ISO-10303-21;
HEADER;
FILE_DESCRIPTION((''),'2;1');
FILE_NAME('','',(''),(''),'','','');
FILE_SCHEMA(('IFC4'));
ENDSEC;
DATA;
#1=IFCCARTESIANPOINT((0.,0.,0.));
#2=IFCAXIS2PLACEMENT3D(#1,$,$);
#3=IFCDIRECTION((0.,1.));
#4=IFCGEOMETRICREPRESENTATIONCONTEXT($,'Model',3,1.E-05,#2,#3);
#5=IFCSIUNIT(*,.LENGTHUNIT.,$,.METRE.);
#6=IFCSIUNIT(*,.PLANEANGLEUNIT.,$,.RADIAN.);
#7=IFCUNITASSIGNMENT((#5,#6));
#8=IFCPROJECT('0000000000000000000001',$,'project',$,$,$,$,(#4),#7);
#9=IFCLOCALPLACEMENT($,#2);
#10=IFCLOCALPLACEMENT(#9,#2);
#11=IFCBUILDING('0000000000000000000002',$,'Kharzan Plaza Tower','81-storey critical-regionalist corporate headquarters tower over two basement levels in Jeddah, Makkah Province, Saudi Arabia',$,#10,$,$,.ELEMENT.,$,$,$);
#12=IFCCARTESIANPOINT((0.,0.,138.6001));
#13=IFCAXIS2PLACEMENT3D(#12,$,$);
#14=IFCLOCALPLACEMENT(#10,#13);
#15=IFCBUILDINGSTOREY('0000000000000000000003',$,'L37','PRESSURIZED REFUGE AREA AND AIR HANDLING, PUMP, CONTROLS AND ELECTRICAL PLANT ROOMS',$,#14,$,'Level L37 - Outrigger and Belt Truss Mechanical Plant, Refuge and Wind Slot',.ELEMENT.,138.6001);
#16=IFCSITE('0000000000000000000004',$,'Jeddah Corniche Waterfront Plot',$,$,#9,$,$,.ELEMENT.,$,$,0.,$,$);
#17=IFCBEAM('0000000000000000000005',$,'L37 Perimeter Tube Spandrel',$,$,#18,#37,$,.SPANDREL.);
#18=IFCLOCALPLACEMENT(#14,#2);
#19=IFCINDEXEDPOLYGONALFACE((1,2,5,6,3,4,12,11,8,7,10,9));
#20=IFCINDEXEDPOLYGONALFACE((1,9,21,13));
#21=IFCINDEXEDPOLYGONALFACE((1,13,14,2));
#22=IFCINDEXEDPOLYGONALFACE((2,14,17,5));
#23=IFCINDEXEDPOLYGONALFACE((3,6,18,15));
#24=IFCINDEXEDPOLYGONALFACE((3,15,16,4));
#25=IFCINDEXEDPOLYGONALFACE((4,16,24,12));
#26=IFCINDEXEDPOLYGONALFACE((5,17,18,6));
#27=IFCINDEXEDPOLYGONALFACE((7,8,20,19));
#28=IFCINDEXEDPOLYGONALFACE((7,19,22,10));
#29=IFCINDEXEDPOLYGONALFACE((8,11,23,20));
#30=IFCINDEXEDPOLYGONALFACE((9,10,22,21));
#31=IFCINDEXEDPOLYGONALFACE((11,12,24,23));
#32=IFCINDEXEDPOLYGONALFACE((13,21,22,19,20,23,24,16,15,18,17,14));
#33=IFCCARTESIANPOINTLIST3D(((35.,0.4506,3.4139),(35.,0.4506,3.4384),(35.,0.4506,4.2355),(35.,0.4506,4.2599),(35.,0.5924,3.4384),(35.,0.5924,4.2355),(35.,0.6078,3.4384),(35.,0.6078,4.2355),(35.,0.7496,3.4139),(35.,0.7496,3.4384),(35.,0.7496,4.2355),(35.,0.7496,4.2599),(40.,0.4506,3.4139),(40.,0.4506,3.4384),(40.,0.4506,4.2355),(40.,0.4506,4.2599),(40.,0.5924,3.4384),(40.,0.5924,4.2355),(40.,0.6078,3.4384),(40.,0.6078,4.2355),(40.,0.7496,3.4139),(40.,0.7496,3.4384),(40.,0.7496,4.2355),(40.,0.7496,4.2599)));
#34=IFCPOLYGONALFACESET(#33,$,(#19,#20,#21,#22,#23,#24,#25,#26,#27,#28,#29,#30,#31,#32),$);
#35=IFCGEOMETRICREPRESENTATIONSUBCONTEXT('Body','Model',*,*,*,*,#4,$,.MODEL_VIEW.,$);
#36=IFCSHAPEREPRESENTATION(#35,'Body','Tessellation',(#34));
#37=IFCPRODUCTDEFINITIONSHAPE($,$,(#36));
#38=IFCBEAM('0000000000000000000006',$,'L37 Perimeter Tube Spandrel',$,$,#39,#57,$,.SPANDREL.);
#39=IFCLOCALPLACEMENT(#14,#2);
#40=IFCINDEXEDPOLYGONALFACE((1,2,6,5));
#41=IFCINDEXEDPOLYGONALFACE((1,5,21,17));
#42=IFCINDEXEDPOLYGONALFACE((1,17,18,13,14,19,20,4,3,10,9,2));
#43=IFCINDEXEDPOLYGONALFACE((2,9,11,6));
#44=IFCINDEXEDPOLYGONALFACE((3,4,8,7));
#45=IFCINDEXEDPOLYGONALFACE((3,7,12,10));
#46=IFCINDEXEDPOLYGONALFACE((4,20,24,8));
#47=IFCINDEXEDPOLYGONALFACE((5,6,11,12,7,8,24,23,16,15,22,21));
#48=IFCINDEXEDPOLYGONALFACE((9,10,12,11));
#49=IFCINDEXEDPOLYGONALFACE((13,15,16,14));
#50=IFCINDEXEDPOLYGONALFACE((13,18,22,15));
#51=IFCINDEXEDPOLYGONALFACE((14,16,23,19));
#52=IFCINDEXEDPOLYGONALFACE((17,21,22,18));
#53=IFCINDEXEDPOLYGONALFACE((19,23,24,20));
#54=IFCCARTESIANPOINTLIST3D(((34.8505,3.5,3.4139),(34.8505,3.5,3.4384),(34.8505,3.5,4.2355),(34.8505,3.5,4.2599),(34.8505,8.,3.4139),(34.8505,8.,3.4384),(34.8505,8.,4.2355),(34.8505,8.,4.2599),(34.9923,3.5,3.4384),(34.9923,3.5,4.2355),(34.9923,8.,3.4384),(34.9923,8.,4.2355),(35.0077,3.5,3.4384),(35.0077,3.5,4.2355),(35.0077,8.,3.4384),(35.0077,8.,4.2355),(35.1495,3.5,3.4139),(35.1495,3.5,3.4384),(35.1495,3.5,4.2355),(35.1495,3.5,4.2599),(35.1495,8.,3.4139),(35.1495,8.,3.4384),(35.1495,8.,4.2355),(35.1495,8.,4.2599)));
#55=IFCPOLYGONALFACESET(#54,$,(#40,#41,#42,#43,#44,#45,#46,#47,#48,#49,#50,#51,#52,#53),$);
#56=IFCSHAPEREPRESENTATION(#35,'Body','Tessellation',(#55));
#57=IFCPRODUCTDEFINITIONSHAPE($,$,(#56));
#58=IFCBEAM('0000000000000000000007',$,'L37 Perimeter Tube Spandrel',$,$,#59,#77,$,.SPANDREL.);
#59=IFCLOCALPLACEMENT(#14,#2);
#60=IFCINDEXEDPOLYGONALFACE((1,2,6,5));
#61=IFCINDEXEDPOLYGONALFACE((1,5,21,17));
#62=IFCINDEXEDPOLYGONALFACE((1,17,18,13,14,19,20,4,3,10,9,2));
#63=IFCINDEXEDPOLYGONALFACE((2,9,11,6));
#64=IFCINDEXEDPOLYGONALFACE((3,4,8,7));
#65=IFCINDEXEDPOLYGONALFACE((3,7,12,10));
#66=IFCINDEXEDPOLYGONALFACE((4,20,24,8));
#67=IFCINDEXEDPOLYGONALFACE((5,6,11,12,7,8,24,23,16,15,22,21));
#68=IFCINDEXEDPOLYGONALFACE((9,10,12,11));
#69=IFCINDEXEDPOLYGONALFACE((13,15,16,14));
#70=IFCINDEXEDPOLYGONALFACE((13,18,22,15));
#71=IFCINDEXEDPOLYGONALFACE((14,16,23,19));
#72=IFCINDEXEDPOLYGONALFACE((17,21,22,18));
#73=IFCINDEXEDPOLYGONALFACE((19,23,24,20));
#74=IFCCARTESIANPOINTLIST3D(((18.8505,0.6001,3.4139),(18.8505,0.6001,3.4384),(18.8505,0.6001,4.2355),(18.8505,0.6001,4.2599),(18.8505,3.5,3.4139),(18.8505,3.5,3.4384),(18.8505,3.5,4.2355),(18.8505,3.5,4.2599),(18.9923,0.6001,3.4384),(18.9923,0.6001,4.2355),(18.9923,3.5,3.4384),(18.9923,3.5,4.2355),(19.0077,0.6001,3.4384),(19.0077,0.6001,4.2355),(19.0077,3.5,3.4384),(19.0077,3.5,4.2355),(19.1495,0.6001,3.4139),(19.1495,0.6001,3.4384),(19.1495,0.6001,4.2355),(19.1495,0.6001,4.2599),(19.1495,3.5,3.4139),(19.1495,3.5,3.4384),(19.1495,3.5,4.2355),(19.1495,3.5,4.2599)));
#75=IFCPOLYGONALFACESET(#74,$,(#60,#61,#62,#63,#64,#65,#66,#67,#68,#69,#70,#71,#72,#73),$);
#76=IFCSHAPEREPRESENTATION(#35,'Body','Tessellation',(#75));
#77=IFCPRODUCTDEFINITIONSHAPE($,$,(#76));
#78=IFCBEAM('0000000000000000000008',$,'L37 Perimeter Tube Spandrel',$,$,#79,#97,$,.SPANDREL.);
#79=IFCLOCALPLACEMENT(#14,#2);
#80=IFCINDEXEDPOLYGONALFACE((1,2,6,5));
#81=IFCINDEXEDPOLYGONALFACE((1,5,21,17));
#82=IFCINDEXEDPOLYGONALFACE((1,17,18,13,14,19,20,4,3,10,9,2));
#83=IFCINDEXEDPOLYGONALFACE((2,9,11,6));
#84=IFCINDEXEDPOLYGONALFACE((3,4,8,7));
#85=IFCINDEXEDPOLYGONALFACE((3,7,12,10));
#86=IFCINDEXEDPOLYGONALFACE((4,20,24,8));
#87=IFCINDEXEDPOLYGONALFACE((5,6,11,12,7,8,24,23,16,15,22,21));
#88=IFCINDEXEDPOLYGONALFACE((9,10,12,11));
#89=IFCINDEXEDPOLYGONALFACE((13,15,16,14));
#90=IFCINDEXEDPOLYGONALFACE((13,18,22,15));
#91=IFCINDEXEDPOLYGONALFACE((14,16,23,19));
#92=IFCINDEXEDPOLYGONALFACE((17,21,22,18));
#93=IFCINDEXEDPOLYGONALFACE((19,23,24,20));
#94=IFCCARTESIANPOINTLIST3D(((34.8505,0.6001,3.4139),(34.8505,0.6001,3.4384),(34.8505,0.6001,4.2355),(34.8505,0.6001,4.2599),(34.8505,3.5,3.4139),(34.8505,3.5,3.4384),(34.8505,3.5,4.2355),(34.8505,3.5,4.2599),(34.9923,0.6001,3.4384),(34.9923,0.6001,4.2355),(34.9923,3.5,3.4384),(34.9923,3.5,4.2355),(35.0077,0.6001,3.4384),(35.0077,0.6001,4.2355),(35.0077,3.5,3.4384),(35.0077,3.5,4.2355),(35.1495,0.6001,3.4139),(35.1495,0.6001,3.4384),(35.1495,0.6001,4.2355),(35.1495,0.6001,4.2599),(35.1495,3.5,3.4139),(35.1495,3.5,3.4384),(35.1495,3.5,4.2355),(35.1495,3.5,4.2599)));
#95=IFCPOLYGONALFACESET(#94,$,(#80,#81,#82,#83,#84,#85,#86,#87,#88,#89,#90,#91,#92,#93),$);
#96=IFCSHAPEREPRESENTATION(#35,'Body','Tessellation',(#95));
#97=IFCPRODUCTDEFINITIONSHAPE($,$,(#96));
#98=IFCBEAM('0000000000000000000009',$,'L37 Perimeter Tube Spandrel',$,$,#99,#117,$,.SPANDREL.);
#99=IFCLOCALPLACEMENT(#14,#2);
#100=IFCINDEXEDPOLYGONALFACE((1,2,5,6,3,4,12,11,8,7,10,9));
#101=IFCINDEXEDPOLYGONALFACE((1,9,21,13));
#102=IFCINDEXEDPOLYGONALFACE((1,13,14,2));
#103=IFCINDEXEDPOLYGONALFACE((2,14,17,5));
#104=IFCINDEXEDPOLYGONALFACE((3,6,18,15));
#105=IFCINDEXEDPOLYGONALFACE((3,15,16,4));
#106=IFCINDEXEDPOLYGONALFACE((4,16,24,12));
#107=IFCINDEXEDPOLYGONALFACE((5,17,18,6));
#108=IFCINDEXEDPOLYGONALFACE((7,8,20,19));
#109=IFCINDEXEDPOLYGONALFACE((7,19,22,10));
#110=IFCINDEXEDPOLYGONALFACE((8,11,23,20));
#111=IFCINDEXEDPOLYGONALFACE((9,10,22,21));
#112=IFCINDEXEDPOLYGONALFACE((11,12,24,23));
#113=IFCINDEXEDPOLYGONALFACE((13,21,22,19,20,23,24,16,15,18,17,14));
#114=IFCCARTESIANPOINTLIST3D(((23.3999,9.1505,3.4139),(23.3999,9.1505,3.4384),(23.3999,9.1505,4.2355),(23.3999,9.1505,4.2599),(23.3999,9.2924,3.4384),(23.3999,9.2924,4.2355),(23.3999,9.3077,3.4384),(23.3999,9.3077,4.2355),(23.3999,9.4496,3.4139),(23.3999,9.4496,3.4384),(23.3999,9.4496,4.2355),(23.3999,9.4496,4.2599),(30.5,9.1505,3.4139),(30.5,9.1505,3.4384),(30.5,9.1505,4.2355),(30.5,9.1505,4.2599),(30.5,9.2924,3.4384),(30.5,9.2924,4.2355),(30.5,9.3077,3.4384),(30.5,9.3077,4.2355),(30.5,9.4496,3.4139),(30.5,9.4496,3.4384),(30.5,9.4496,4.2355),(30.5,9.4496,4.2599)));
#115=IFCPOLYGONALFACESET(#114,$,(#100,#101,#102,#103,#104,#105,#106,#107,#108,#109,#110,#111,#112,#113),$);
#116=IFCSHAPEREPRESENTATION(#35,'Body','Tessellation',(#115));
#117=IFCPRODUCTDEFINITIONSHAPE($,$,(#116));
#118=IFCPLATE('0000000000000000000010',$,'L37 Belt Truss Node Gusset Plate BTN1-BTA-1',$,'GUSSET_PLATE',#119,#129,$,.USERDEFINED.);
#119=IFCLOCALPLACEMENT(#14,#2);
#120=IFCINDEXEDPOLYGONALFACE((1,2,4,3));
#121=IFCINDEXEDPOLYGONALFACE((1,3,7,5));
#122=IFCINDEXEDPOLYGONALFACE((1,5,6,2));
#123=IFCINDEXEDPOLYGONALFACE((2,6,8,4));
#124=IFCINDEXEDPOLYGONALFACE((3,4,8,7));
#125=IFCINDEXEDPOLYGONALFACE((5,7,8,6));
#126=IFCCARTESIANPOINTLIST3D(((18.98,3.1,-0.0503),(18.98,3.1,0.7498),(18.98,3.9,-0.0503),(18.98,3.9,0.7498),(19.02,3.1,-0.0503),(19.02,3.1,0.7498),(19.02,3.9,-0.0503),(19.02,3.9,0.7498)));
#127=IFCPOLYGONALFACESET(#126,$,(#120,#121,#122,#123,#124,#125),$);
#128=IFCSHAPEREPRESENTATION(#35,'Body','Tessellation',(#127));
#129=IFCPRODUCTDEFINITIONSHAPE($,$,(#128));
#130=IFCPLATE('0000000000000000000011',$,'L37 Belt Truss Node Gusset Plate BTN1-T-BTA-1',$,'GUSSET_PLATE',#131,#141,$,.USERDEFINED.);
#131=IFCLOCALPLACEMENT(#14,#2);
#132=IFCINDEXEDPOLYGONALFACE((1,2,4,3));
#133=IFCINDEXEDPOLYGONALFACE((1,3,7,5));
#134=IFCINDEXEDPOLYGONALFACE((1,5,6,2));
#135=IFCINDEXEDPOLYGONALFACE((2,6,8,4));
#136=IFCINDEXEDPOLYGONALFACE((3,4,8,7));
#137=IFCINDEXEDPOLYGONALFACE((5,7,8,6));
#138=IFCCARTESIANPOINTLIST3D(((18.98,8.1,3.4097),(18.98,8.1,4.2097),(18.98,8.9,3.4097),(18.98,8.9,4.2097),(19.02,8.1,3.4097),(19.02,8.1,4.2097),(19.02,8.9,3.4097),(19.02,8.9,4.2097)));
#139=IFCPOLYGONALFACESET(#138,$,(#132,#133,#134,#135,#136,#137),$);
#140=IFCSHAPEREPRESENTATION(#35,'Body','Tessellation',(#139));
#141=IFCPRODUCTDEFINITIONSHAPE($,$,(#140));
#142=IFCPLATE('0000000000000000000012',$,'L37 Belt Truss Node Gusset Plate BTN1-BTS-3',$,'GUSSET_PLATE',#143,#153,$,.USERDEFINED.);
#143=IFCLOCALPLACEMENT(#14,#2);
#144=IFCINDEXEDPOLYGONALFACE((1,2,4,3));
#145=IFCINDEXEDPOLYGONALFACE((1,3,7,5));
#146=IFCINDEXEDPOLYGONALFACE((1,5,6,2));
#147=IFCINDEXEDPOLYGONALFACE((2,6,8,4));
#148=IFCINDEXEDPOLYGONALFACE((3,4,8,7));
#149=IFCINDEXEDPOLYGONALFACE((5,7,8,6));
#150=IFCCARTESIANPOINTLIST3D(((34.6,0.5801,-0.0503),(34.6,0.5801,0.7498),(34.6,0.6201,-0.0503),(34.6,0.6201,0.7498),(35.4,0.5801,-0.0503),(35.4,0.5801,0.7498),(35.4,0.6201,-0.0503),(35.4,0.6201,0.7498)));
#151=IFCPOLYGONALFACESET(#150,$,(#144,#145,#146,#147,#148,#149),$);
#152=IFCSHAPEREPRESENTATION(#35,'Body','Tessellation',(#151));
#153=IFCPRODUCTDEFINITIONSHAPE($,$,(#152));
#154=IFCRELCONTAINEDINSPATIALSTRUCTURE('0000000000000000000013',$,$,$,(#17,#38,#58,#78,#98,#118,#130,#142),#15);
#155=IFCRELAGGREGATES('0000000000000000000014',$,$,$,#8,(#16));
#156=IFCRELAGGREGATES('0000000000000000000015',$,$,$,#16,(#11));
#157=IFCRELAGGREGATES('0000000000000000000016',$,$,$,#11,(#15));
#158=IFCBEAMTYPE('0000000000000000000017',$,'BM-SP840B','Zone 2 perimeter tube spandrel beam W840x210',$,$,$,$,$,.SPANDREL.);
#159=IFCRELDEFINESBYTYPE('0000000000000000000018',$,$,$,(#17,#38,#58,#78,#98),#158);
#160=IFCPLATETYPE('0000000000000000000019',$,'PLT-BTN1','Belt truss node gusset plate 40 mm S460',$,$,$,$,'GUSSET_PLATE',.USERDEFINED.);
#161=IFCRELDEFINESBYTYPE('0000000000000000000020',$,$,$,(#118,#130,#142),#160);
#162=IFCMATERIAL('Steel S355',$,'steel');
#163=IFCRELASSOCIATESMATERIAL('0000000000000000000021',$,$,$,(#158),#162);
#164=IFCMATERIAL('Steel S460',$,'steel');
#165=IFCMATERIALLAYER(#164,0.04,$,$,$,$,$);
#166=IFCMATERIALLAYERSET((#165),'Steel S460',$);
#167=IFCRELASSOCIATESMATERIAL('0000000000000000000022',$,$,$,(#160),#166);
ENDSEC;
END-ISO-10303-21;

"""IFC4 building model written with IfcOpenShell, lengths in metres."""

from ifc_helpers import new_model, si_unit, direction, frame, origin, origin_2d, place, context, subcontext, project, spatial, rectangle, i_section, extrude, source, transform, mapped, material, layer, layer_set, material_profile, profile_set, type_object, element, save


model = new_model("IFC4")

# Units and contexts
model_context = context("Model", 3, precision=1e-05, world=origin(), true_north=direction((0.0, 1.0)))
body_context = subcontext(model_context, "Body", "Model", "MODEL_VIEW")
ifc_project = project(units=[si_unit("LENGTHUNIT", "METRE"), si_unit("PLANEANGLEUNIT", "RADIAN")], contexts=[model_context])

# Site, building, storey
site_placement = place(None, origin())
site = spatial("IfcSite", under=ifc_project, at=site_placement, Name="Jeddah Corniche Waterfront Plot", CompositionType="ELEMENT", RefElevation=0.0)
building_placement = place(site_placement, origin())
building = spatial("IfcBuilding", under=site, at=building_placement, Name="Kharzan Plaza Tower", Description="81-storey critical-regionalist corporate headquarters tower over two basement levels in Jeddah, Makkah Province, Saudi Arabia", CompositionType="ELEMENT")
storey_placement = place(building_placement, frame((0.0, 0.0, 138.6001)))
storey = spatial("IfcBuildingStorey", under=building, at=storey_placement, Name="L37", Description="PRESSURIZED REFUGE AREA AND AIR HANDLING, PUMP, CONTROLS AND ELECTRICAL PLANT ROOMS", LongName="Level L37 - Outrigger and Belt Truss Mechanical Plant, Refuge and Wind Slot", CompositionType="ELEMENT", Elevation=138.6001)

# Shared definitions
ifc_material_1 = material(Name="Steel S355", Category="steel")

# Beams
ifc_material_profile_1 = material_profile(ifc_material_1, i_section(OverallWidth=0.2991, OverallDepth=0.8459, WebThickness=0.0154, FlangeThickness=0.0244, at=origin_2d()), Name="W840x210")
ifc_profile_set_1 = profile_set([ifc_material_profile_1], Name="Steel S355")
beam_type_1 = type_object("IfcBeamType", Name="BM-SP840B", Description="Zone 2 perimeter tube spandrel beam W840x210", PredefinedType="SPANDREL", material=ifc_profile_set_1)
shared_shape_1 = source(origin(), body_context, "Body", "SweptSolid", [
    extrude(i_section(OverallWidth=0.2991, OverallDepth=0.8459, WebThickness=0.0154, FlangeThickness=0.0244, at=origin_2d()), origin(), (0.0, 0.0, 1.0), 5.0),
])
for number, where, z_axis, x_axis, name in (
    (1, (35.0, 0.6001, 3.8369), (1.0, 0.0, 0.0), (0.0, 1.0, 0.0), "L37 Perimeter Tube Spandrel"),
):
    element("IfcBeam", number, at=place(storey_placement, frame(where, z_axis=z_axis, x_axis=x_axis)), inside=storey, type_object=beam_type_1, Name=name, PredefinedType="SPANDREL", context=body_context, shape_type="MappedRepresentation", body=[
        mapped(shared_shape_1, transform((0.0, 0.0, 0.0), x_axis=(1.0, 0.0, 0.0), y_axis=(0.0, 1.0, 0.0), z_axis=(0.0, 0.0, 1.0))),
    ])
shared_shape_2 = source(origin(), body_context, "Body", "SweptSolid", [
    extrude(i_section(OverallWidth=0.2991, OverallDepth=0.8459, WebThickness=0.0154, FlangeThickness=0.0244, at=origin_2d()), origin(), (0.0, 0.0, 1.0), 4.5),
])
beam_1_placement = place(storey_placement, frame((35.0, 3.5, 3.8369), z_axis=(0.0, 1.0, 0.0), x_axis=(-1.0, 0.0, 0.0)))
element("IfcBeam", 2, at=beam_1_placement, inside=storey, type_object=beam_type_1, Name="L37 Perimeter Tube Spandrel", PredefinedType="SPANDREL", context=body_context, shape_type="MappedRepresentation", body=[
    mapped(shared_shape_2, transform((0.0, 0.0, 0.0), x_axis=(1.0, 0.0, 0.0), y_axis=(0.0, 1.0, 0.0), z_axis=(0.0, 0.0, 1.0))),
])
shared_shape_3 = source(origin(), body_context, "Body", "SweptSolid", [
    extrude(i_section(OverallWidth=0.2991, OverallDepth=0.8459, WebThickness=0.0154, FlangeThickness=0.0244, at=origin_2d()), origin(), (0.0, 0.0, 1.0), 2.8999),
])
for number, where, z_axis, x_axis, name in (
    (3, (19.0, 0.6001, 3.8369), (0.0, 1.0, 0.0), (-1.0, 0.0, 0.0), "L37 Perimeter Tube Spandrel"),
    (4, (35.0, 0.6001, 3.8369), (0.0, 1.0, 0.0), (-1.0, 0.0, 0.0), "L37 Perimeter Tube Spandrel"),
):
    element("IfcBeam", number, at=place(storey_placement, frame(where, z_axis=z_axis, x_axis=x_axis)), inside=storey, type_object=beam_type_1, Name=name, PredefinedType="SPANDREL", context=body_context, shape_type="MappedRepresentation", body=[
        mapped(shared_shape_3, transform((0.0, 0.0, 0.0), x_axis=(1.0, 0.0, 0.0), y_axis=(0.0, 1.0, 0.0), z_axis=(0.0, 0.0, 1.0))),
    ])
shared_shape_4 = source(origin(), body_context, "Body", "SweptSolid", [
    extrude(i_section(OverallWidth=0.2991, OverallDepth=0.8459, WebThickness=0.0154, FlangeThickness=0.0244, at=origin_2d()), origin(), (0.0, 0.0, 1.0), 7.1001),
])
beam_2_placement = place(storey_placement, frame((23.3999, 9.3, 3.8369), z_axis=(1.0, 0.0, 0.0), x_axis=(0.0, 1.0, 0.0)))
element("IfcBeam", 5, at=beam_2_placement, inside=storey, type_object=beam_type_1, Name="L37 Perimeter Tube Spandrel", PredefinedType="SPANDREL", context=body_context, shape_type="MappedRepresentation", body=[
    mapped(shared_shape_4, transform((0.0, 0.0, 0.0), x_axis=(1.0, 0.0, 0.0), y_axis=(0.0, 1.0, 0.0), z_axis=(0.0, 0.0, 1.0))),
])

# Plates
ifc_material_2 = material(Name="Steel S460", Category="steel")
ifc_layer_1 = layer(ifc_material_2, 0.04)
ifc_layer_set_1 = layer_set([ifc_layer_1], Name="Steel S460")
plate_type = type_object("IfcPlateType", Name="PLT-BTN1", Description="Belt truss node gusset plate 40 mm S460", ElementType="GUSSET_PLATE", PredefinedType="USERDEFINED", material=ifc_layer_set_1)
shared_shape_5 = source(origin(), body_context, "Body", "SweptSolid", [
    extrude(rectangle(XDim=0.8, YDim=0.04, at=origin_2d()), origin(), (0.0, 0.0, 1.0), 0.8),
])
for number, where, z_axis, x_axis, name in (
    (6, (19.0, 3.5, -0.0503), (0.0, 0.0, 1.0), (0.0, 1.0, 0.0), "L37 Belt Truss Node Gusset Plate BTN1-BTA-1"),
    (7, (19.0, 8.5, 3.4097), (0.0, 0.0, 1.0), (0.0, 1.0, 0.0), "L37 Belt Truss Node Gusset Plate BTN1-T-BTA-1"),
    (8, (35.0, 0.6001, -0.0503), (0.0, 0.0, 1.0), (1.0, 0.0, 0.0), "L37 Belt Truss Node Gusset Plate BTN1-BTS-3"),
):
    element("IfcPlate", number, at=place(storey_placement, frame(where, z_axis=z_axis, x_axis=x_axis)), inside=storey, type_object=plate_type, Name=name, ObjectType="GUSSET_PLATE", PredefinedType="USERDEFINED", context=body_context, shape_type="MappedRepresentation", body=[
        mapped(shared_shape_5, transform((0.0, 0.0, 0.0), x_axis=(1.0, 0.0, 0.0), y_axis=(0.0, 1.0, 0.0), z_axis=(0.0, 0.0, 1.0))),
    ])

save(model, "model.ifc")
